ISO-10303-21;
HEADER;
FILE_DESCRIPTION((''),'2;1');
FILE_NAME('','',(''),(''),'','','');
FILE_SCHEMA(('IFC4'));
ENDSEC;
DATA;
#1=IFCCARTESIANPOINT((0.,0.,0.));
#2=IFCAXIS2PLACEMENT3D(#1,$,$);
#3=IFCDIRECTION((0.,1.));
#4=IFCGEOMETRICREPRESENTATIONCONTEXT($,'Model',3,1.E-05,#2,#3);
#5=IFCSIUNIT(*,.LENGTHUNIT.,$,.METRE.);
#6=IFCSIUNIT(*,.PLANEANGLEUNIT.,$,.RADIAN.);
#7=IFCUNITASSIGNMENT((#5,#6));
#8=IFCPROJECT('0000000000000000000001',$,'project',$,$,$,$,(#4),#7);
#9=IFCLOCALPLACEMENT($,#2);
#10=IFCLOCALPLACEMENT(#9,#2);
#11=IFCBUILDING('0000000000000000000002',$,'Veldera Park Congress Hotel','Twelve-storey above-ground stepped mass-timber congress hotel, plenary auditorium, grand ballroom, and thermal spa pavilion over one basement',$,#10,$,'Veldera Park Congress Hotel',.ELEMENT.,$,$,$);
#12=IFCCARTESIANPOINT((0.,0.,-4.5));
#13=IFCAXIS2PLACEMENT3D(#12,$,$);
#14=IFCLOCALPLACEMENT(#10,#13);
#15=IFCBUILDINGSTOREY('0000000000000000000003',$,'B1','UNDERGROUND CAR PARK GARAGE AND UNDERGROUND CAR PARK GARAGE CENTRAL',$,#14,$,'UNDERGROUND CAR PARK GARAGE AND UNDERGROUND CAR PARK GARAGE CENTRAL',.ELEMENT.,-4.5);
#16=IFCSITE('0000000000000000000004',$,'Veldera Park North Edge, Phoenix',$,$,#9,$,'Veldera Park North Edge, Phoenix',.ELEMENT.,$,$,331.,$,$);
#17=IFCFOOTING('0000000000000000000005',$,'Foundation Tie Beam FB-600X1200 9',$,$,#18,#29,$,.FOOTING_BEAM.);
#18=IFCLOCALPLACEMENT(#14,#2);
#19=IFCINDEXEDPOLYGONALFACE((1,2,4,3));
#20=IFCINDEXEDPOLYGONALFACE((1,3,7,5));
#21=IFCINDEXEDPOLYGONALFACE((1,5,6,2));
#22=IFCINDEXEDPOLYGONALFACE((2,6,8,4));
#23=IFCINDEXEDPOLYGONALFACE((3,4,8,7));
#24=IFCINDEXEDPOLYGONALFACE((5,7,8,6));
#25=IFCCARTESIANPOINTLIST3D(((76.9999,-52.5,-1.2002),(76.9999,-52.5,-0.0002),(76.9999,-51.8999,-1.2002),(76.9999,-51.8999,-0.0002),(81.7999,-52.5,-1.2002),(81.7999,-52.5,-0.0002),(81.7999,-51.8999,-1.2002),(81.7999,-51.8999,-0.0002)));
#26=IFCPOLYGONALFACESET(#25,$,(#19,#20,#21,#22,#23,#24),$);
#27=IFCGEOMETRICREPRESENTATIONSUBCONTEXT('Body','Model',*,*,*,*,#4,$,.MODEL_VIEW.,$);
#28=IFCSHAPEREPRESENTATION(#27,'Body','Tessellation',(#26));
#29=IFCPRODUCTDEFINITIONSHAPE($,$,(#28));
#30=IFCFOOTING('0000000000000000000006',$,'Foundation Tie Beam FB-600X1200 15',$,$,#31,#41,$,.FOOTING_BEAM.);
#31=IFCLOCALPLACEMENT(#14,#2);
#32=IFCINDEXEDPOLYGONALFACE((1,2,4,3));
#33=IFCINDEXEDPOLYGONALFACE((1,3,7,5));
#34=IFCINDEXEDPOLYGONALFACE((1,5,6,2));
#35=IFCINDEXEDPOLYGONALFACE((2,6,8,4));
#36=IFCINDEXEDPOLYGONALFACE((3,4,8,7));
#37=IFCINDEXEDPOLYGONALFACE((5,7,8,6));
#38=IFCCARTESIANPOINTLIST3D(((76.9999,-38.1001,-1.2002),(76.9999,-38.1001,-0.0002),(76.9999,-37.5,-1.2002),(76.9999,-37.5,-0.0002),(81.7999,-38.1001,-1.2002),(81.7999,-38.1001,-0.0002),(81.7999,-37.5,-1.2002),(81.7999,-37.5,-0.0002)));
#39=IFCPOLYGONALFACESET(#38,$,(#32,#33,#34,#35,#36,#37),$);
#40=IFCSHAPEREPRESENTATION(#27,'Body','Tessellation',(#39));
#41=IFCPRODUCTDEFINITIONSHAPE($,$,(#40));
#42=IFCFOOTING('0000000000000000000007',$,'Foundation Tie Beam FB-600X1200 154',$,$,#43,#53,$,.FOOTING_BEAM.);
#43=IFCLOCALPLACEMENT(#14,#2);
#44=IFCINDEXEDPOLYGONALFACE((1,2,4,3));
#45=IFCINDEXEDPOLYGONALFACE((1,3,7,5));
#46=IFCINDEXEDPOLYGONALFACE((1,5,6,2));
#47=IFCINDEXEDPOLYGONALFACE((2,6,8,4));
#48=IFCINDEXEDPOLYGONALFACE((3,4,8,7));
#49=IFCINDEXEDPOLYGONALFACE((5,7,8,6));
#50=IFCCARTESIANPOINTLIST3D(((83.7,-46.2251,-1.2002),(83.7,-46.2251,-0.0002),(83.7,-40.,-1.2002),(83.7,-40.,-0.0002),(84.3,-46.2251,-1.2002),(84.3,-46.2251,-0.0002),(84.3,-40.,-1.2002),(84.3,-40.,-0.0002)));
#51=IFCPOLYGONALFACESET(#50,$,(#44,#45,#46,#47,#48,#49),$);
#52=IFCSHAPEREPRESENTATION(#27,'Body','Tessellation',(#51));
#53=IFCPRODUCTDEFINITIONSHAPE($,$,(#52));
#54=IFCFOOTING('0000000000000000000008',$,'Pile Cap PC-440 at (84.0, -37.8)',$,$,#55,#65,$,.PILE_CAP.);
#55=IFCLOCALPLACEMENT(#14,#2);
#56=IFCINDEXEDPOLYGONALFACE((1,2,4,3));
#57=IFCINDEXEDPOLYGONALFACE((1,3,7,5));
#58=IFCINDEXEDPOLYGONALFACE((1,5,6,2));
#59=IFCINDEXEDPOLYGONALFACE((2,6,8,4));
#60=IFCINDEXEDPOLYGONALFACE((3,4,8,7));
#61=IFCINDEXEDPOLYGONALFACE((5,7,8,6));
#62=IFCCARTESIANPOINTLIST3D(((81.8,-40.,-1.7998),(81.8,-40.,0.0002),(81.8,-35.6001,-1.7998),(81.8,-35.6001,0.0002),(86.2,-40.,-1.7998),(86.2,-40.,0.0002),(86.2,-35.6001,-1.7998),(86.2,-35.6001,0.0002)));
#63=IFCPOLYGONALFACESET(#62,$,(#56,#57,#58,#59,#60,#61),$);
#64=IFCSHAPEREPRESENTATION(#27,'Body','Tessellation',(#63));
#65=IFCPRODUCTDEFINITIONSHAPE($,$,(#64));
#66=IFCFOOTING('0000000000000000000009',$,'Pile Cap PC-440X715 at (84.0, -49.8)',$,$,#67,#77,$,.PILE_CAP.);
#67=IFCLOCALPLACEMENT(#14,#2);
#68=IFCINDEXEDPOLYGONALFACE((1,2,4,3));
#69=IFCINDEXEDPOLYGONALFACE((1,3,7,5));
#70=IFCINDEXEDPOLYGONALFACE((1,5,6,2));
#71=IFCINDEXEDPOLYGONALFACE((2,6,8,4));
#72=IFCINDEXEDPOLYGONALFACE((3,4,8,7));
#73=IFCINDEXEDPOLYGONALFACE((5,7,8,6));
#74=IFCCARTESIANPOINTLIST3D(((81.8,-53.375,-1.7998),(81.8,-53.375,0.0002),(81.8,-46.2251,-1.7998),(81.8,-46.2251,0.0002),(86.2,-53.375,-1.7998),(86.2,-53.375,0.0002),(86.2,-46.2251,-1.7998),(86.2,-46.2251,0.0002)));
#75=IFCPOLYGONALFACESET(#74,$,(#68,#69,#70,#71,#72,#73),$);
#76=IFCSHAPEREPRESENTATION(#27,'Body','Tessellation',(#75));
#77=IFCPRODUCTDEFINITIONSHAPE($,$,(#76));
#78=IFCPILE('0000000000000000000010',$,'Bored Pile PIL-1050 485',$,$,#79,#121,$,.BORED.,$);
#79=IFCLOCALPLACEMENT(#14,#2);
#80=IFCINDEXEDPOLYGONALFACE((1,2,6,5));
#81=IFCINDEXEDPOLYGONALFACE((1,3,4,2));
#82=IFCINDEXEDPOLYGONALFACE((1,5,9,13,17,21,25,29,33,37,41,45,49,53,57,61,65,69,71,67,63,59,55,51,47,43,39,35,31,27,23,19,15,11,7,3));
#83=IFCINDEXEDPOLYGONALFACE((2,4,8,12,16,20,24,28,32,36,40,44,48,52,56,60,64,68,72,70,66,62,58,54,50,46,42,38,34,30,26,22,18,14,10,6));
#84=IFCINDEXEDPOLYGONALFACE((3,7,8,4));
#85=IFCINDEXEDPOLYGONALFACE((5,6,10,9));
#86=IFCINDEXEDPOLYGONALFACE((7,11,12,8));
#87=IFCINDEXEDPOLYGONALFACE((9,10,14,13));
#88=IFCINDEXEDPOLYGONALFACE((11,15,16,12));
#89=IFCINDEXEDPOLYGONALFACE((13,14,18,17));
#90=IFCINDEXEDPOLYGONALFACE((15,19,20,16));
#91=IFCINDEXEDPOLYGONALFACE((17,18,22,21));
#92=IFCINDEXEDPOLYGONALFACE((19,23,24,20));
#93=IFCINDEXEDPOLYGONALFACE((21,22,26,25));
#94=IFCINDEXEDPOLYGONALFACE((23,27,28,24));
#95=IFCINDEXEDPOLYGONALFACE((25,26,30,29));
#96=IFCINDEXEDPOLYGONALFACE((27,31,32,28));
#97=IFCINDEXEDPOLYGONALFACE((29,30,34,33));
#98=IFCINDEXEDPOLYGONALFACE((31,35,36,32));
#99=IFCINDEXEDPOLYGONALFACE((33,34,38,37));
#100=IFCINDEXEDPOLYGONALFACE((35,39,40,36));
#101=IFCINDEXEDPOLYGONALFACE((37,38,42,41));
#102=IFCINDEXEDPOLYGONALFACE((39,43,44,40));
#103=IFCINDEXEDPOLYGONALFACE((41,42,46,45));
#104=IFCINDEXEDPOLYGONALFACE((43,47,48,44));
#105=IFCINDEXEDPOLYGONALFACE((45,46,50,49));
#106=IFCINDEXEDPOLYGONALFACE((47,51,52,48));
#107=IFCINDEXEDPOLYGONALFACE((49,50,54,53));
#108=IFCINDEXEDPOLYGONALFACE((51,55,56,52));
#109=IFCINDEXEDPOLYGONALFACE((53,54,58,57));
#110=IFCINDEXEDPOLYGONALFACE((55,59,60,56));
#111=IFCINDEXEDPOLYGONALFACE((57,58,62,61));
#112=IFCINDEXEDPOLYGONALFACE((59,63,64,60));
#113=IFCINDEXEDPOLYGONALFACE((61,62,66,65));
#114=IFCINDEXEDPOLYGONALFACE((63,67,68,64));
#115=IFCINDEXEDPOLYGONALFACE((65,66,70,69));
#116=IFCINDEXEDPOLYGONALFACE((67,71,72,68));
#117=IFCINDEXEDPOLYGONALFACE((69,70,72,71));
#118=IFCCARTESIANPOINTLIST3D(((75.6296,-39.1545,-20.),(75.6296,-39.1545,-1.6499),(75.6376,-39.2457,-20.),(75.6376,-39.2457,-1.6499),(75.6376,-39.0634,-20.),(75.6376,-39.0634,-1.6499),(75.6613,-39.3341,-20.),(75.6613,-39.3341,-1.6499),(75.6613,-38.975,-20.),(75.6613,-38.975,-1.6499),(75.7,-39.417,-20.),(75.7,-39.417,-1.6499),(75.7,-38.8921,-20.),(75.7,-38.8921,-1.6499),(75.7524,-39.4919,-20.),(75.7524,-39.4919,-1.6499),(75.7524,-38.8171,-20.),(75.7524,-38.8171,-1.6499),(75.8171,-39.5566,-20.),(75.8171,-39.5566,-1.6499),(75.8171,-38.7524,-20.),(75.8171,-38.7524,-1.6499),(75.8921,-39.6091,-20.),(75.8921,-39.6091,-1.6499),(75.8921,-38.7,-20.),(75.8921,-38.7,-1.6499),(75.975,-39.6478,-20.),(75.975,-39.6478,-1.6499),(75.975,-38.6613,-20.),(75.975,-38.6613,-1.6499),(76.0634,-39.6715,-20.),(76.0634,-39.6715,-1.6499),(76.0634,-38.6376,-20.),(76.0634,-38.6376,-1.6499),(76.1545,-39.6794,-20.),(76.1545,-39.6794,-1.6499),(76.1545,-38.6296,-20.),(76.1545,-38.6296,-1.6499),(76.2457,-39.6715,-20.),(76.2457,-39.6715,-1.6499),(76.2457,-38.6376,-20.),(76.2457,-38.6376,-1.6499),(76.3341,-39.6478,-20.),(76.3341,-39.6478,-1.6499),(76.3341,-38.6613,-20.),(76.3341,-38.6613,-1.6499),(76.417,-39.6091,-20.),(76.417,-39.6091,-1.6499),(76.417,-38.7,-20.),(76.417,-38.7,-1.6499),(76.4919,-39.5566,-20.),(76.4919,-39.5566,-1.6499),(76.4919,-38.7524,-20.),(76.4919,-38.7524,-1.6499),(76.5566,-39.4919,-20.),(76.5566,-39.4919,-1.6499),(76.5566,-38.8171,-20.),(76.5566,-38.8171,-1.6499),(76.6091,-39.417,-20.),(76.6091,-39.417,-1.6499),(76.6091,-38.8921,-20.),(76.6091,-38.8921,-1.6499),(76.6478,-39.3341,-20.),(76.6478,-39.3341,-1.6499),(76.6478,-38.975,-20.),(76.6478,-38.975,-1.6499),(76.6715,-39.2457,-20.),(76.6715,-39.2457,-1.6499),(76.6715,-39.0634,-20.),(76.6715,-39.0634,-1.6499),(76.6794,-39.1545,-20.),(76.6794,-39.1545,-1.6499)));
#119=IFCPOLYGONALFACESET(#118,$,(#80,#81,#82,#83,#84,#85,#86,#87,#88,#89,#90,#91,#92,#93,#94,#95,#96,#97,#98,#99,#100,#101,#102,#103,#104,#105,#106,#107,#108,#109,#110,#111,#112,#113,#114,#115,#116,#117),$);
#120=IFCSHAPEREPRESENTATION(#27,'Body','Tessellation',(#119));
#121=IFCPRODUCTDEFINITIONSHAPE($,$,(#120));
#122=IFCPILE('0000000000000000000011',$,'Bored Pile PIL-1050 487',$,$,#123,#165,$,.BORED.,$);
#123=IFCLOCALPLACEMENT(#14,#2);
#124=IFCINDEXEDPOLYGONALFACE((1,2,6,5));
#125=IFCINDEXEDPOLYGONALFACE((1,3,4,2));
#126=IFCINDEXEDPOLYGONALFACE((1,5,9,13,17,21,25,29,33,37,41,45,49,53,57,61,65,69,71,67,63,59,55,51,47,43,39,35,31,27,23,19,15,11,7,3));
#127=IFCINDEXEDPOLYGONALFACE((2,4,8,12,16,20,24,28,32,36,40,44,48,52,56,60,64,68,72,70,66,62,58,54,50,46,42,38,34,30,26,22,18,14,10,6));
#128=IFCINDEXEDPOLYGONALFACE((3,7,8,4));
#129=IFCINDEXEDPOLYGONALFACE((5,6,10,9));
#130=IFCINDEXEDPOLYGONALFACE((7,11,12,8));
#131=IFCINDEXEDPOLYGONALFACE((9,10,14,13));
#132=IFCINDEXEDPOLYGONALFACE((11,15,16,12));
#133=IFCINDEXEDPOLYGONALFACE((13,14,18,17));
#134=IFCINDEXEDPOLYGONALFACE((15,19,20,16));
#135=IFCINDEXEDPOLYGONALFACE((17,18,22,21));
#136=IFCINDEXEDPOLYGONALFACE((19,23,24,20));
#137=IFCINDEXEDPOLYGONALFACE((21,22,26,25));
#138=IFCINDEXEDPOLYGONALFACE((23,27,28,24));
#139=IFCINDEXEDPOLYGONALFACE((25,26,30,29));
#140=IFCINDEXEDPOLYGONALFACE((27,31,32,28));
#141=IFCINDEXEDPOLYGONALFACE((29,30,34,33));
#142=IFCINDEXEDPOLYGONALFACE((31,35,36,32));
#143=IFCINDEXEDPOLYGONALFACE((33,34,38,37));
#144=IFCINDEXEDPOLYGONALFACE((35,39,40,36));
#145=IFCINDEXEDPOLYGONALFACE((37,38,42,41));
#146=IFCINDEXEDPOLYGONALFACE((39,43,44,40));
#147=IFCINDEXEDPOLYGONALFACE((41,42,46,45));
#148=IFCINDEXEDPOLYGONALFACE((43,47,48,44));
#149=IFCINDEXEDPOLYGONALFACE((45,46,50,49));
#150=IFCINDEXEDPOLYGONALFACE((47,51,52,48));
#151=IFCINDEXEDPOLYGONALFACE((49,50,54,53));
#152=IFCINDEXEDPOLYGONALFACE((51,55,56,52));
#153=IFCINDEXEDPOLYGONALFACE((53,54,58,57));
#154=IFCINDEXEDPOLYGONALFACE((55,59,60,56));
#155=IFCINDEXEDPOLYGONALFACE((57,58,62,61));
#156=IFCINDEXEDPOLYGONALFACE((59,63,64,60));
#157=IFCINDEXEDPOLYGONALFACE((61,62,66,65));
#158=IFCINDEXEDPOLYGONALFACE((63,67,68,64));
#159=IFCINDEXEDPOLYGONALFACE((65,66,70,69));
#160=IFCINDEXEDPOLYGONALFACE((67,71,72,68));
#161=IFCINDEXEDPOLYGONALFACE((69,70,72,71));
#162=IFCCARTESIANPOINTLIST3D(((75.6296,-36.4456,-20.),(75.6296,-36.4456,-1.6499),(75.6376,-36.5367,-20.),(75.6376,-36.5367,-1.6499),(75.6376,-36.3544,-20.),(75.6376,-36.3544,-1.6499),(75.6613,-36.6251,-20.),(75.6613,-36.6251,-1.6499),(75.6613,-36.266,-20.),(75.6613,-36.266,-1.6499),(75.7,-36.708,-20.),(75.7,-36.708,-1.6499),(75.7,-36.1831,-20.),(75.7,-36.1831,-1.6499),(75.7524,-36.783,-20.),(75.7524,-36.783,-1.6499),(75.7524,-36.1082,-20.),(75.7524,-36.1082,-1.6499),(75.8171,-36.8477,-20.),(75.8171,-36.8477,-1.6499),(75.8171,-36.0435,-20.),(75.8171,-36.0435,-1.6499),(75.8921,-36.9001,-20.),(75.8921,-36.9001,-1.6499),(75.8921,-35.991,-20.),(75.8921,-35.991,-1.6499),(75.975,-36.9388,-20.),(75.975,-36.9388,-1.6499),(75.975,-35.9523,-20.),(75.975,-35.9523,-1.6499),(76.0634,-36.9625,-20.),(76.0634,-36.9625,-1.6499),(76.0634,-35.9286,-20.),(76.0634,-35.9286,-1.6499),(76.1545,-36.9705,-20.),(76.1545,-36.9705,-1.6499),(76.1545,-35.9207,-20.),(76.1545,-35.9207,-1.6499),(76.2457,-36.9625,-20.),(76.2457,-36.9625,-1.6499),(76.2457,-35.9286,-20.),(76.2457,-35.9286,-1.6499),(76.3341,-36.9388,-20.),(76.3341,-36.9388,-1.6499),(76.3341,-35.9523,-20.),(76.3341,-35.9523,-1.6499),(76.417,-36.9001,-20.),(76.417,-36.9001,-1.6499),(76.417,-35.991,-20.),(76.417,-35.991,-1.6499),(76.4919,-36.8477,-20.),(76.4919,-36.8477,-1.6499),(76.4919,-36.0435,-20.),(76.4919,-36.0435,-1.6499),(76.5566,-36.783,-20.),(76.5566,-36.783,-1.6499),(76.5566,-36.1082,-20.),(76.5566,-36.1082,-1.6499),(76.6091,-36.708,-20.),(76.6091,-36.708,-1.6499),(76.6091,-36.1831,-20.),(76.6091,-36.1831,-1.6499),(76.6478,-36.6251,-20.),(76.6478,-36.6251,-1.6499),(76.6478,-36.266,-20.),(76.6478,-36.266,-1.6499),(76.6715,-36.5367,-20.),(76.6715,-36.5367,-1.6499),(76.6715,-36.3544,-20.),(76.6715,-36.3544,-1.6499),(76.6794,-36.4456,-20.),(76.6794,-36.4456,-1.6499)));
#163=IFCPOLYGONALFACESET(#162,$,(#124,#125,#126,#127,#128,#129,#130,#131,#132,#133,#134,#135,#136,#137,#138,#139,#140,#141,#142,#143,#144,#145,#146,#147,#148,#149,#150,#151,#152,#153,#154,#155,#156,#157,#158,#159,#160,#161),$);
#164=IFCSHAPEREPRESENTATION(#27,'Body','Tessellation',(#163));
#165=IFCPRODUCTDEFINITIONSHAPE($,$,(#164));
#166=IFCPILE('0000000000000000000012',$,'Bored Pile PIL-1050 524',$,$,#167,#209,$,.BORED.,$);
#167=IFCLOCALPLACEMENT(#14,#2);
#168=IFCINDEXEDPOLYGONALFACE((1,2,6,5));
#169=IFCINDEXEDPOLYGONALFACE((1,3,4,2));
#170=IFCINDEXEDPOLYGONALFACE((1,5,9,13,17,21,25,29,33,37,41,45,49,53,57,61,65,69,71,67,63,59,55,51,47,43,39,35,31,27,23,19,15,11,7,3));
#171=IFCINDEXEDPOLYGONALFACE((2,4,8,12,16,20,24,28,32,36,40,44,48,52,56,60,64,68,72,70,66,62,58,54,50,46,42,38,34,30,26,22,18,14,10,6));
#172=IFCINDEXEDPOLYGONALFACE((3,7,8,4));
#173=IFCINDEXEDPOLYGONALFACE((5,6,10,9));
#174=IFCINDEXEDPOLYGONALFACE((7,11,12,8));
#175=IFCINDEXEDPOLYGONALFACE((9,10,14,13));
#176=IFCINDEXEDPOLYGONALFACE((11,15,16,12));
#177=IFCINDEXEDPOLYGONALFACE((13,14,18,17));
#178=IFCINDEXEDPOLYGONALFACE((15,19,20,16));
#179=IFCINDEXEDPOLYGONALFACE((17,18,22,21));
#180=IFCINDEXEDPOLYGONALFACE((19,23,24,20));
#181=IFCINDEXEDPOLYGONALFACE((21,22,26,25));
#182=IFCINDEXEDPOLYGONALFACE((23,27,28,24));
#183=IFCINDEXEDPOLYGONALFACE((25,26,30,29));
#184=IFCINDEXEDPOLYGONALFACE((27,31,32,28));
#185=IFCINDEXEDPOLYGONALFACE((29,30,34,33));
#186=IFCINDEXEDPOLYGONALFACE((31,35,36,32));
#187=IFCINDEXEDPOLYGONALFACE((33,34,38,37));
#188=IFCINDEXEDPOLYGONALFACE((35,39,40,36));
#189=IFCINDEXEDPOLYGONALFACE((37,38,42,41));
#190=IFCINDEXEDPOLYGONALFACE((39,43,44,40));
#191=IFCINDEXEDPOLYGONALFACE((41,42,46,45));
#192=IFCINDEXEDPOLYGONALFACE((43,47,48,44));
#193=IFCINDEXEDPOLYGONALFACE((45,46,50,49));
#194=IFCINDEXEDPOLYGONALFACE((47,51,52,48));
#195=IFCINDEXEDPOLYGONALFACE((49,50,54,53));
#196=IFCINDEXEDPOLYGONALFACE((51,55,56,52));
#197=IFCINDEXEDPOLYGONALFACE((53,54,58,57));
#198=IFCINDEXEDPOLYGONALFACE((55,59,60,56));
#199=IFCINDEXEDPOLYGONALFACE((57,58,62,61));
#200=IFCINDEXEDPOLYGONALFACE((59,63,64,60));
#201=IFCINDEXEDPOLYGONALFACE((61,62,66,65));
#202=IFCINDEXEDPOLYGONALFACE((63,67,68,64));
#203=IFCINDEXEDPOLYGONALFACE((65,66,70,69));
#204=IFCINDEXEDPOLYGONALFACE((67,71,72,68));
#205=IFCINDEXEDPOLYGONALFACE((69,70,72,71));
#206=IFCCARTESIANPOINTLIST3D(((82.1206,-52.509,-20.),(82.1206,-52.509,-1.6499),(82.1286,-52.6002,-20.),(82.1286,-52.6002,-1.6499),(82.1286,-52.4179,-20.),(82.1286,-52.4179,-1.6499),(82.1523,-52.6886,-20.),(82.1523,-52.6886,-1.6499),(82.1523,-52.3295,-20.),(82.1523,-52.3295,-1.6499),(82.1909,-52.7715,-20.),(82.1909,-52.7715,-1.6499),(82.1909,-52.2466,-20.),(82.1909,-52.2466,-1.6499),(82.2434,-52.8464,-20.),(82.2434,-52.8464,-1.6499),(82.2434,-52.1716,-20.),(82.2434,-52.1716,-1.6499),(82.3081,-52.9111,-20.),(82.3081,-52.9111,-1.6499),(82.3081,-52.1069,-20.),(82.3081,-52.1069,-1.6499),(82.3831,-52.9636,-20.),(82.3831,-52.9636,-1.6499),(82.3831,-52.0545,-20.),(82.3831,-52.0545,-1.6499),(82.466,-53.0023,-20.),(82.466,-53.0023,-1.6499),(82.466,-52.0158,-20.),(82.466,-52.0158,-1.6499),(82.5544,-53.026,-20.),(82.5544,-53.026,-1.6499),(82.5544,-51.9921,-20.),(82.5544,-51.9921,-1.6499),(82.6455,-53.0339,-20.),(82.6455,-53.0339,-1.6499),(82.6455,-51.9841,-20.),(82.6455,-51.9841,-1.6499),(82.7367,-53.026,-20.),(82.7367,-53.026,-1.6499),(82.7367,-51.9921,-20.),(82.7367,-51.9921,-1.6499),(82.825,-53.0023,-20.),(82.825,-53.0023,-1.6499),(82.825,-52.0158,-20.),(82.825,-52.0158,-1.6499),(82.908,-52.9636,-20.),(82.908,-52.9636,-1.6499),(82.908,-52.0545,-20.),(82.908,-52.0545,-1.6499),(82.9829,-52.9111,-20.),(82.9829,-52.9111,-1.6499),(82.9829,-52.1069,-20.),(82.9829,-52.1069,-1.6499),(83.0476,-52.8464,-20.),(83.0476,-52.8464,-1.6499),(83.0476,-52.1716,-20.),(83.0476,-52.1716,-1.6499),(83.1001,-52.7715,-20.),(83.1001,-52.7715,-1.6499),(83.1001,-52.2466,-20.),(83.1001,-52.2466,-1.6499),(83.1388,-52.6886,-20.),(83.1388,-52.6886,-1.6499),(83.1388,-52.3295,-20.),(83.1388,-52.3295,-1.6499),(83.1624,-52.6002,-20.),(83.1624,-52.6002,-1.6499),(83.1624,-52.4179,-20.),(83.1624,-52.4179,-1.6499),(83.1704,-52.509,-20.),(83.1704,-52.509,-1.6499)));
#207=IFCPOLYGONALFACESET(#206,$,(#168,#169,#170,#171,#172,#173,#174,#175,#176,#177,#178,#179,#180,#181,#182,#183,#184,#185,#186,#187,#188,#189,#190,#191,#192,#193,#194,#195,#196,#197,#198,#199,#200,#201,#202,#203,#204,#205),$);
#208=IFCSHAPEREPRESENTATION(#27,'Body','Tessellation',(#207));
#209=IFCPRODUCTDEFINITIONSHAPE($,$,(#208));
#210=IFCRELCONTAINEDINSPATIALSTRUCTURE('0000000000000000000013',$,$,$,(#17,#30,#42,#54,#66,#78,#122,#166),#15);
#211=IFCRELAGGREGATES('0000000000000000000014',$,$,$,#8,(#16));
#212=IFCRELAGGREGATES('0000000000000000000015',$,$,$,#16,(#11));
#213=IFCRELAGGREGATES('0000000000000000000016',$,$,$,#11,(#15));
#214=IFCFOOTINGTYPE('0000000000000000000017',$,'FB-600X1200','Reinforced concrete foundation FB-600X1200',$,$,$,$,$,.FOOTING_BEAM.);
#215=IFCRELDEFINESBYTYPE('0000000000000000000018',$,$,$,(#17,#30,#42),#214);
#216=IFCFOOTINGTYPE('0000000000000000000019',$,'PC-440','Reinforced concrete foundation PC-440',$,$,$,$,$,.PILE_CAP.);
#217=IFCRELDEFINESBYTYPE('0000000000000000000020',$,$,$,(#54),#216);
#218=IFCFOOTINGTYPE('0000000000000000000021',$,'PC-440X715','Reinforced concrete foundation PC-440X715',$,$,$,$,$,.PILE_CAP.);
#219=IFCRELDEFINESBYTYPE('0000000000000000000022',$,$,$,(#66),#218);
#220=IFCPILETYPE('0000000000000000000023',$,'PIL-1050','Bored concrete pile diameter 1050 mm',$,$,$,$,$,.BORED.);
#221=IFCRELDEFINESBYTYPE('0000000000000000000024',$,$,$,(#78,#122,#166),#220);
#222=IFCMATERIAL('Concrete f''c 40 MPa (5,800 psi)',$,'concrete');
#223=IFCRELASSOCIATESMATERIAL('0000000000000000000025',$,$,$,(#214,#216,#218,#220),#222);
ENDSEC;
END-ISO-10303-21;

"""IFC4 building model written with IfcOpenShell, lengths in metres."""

from ifc_helpers import new_model, si_unit, direction, frame, origin, origin_2d, place, context, subcontext, project, spatial, rectangle, circle, extrude, material, material_profile, profile_set, type_object, element, save


model = new_model("IFC4")

# Units and contexts
model_context = context("Model", 3, precision=1e-05, world=origin(), true_north=direction((0.0, 1.0)))
body_context = subcontext(model_context, "Body", "Model", "MODEL_VIEW")
ifc_project = project(units=[si_unit("LENGTHUNIT", "METRE"), si_unit("PLANEANGLEUNIT", "RADIAN")], contexts=[model_context])

# Site, building, storey
site_placement = place(None, origin())
site = spatial("IfcSite", under=ifc_project, at=site_placement, Name="Veldera Park North Edge, Phoenix", LongName="Veldera Park North Edge, Phoenix", CompositionType="ELEMENT", RefElevation=331.0)
building_placement = place(site_placement, origin())
building = spatial("IfcBuilding", under=site, at=building_placement, Name="Veldera Park Congress Hotel", Description="Twelve-storey above-ground stepped mass-timber congress hotel, plenary auditorium, grand ballroom, and thermal spa pavilion over one basement", LongName="Veldera Park Congress Hotel", CompositionType="ELEMENT")
storey_placement = place(building_placement, frame((0.0, 0.0, -4.5)))
storey = spatial("IfcBuildingStorey", under=building, at=storey_placement, Name="B1", Description="UNDERGROUND CAR PARK GARAGE AND UNDERGROUND CAR PARK GARAGE CENTRAL", LongName="UNDERGROUND CAR PARK GARAGE AND UNDERGROUND CAR PARK GARAGE CENTRAL", CompositionType="ELEMENT", Elevation=-4.5)

# Footings
ifc_material_1 = material(Name="Concrete f'c 40 MPa (5,800 psi)", Category="concrete")
footing_type_1 = type_object("IfcFootingType", Name="FB-600X1200", Description="Reinforced concrete foundation FB-600X1200", PredefinedType="FOOTING_BEAM", material=ifc_material_1)
for number, where, z_axis, x_axis, name in (
    (1, (79.3999, -52.2, -1.2002), (0.0, 0.0, 1.0), (1.0, 0.0, 0.0), "Foundation Tie Beam FB-600X1200 9"),
    (2, (79.3999, -37.8, -1.2002), (0.0, 0.0, 1.0), (1.0, 0.0, 0.0), "Foundation Tie Beam FB-600X1200 15"),
):
    element("IfcFooting", number, at=place(storey_placement, frame(where, z_axis=z_axis, x_axis=x_axis)), inside=storey, type_object=footing_type_1, Name=name, PredefinedType="FOOTING_BEAM", context=body_context, shape_type="SweptSolid", body=[
        extrude(rectangle(XDim=4.8, YDim=0.6001, at=origin_2d()), origin(), (0.0, 0.0, 1.0), 1.2),
    ])
footing_1_placement = place(storey_placement, frame((84.0, -43.1125, -1.2002), z_axis=(0.0, 0.0, 1.0), x_axis=(0.0, 1.0, 0.0)))
element("IfcFooting", 3, at=footing_1_placement, inside=storey, type_object=footing_type_1, Name="Foundation Tie Beam FB-600X1200 154", PredefinedType="FOOTING_BEAM", context=body_context, shape_type="SweptSolid", body=[
    extrude(rectangle(XDim=6.2251, YDim=0.6001, at=origin_2d()), origin(), (0.0, 0.0, 1.0), 1.2),
])
footing_type_2 = type_object("IfcFootingType", Name="PC-440", Description="Reinforced concrete foundation PC-440", PredefinedType="PILE_CAP", material=ifc_material_1)
footing_2_placement = place(storey_placement, frame((84.0, -37.8, -1.7998), z_axis=(0.0, 0.0, 1.0), x_axis=(1.0, 0.0, 0.0)))
element("IfcFooting", 4, at=footing_2_placement, inside=storey, type_object=footing_type_2, Name="Pile Cap PC-440 at (84.0, -37.8)", PredefinedType="PILE_CAP", context=body_context, shape_type="SweptSolid", body=[
    extrude(rectangle(XDim=4.3999, YDim=4.3999, at=origin_2d()), origin(), (0.0, 0.0, 1.0), 1.8),
])
footing_type_3 = type_object("IfcFootingType", Name="PC-440X715", Description="Reinforced concrete foundation PC-440X715", PredefinedType="PILE_CAP", material=ifc_material_1)
footing_3_placement = place(storey_placement, frame((84.0, -49.8, -1.7998), z_axis=(0.0, 0.0, 1.0), x_axis=(1.0, 0.0, 0.0)))
element("IfcFooting", 5, at=footing_3_placement, inside=storey, type_object=footing_type_3, Name="Pile Cap PC-440X715 at (84.0, -49.8)", PredefinedType="PILE_CAP", context=body_context, shape_type="SweptSolid", body=[
    extrude(rectangle(XDim=4.3999, YDim=7.1499, at=origin_2d()), origin(), (0.0, 0.0, 1.0), 1.8),
])

# Piles
ifc_material_profile_1 = material_profile(ifc_material_1, circle(Radius=0.5249, at=origin_2d()), Name="PILE D1050")
ifc_profile_set_1 = profile_set([ifc_material_profile_1], Name="Concrete f'c 40 MPa (5,800 psi)")
pile_type = type_object("IfcPileType", Name="PIL-1050", Description="Bored concrete pile diameter 1050 mm", PredefinedType="BORED", material=ifc_profile_set_1)
for number, where, z_axis, x_axis, name in (
    (6, (76.1545, -39.1545, -1.6499), (0.0, 0.0, -1.0), (1.0, 0.0, 0.0), "Bored Pile PIL-1050 485"),
    (7, (76.1545, -36.4456, -1.6499), (0.0, 0.0, -1.0), (1.0, 0.0, 0.0), "Bored Pile PIL-1050 487"),
    (8, (82.6455, -52.509, -1.6499), (0.0, 0.0, -1.0), (1.0, 0.0, 0.0), "Bored Pile PIL-1050 524"),
):
    element("IfcPile", number, at=place(storey_placement, frame(where, z_axis=z_axis, x_axis=x_axis)), inside=storey, type_object=pile_type, Name=name, PredefinedType="BORED", context=body_context, shape_type="SweptSolid", body=[
        extrude(circle(Radius=0.5249, at=origin_2d()), origin(), (0.0, 0.0, 1.0), 18.3501),
    ])

save(model, "model.ifc")
